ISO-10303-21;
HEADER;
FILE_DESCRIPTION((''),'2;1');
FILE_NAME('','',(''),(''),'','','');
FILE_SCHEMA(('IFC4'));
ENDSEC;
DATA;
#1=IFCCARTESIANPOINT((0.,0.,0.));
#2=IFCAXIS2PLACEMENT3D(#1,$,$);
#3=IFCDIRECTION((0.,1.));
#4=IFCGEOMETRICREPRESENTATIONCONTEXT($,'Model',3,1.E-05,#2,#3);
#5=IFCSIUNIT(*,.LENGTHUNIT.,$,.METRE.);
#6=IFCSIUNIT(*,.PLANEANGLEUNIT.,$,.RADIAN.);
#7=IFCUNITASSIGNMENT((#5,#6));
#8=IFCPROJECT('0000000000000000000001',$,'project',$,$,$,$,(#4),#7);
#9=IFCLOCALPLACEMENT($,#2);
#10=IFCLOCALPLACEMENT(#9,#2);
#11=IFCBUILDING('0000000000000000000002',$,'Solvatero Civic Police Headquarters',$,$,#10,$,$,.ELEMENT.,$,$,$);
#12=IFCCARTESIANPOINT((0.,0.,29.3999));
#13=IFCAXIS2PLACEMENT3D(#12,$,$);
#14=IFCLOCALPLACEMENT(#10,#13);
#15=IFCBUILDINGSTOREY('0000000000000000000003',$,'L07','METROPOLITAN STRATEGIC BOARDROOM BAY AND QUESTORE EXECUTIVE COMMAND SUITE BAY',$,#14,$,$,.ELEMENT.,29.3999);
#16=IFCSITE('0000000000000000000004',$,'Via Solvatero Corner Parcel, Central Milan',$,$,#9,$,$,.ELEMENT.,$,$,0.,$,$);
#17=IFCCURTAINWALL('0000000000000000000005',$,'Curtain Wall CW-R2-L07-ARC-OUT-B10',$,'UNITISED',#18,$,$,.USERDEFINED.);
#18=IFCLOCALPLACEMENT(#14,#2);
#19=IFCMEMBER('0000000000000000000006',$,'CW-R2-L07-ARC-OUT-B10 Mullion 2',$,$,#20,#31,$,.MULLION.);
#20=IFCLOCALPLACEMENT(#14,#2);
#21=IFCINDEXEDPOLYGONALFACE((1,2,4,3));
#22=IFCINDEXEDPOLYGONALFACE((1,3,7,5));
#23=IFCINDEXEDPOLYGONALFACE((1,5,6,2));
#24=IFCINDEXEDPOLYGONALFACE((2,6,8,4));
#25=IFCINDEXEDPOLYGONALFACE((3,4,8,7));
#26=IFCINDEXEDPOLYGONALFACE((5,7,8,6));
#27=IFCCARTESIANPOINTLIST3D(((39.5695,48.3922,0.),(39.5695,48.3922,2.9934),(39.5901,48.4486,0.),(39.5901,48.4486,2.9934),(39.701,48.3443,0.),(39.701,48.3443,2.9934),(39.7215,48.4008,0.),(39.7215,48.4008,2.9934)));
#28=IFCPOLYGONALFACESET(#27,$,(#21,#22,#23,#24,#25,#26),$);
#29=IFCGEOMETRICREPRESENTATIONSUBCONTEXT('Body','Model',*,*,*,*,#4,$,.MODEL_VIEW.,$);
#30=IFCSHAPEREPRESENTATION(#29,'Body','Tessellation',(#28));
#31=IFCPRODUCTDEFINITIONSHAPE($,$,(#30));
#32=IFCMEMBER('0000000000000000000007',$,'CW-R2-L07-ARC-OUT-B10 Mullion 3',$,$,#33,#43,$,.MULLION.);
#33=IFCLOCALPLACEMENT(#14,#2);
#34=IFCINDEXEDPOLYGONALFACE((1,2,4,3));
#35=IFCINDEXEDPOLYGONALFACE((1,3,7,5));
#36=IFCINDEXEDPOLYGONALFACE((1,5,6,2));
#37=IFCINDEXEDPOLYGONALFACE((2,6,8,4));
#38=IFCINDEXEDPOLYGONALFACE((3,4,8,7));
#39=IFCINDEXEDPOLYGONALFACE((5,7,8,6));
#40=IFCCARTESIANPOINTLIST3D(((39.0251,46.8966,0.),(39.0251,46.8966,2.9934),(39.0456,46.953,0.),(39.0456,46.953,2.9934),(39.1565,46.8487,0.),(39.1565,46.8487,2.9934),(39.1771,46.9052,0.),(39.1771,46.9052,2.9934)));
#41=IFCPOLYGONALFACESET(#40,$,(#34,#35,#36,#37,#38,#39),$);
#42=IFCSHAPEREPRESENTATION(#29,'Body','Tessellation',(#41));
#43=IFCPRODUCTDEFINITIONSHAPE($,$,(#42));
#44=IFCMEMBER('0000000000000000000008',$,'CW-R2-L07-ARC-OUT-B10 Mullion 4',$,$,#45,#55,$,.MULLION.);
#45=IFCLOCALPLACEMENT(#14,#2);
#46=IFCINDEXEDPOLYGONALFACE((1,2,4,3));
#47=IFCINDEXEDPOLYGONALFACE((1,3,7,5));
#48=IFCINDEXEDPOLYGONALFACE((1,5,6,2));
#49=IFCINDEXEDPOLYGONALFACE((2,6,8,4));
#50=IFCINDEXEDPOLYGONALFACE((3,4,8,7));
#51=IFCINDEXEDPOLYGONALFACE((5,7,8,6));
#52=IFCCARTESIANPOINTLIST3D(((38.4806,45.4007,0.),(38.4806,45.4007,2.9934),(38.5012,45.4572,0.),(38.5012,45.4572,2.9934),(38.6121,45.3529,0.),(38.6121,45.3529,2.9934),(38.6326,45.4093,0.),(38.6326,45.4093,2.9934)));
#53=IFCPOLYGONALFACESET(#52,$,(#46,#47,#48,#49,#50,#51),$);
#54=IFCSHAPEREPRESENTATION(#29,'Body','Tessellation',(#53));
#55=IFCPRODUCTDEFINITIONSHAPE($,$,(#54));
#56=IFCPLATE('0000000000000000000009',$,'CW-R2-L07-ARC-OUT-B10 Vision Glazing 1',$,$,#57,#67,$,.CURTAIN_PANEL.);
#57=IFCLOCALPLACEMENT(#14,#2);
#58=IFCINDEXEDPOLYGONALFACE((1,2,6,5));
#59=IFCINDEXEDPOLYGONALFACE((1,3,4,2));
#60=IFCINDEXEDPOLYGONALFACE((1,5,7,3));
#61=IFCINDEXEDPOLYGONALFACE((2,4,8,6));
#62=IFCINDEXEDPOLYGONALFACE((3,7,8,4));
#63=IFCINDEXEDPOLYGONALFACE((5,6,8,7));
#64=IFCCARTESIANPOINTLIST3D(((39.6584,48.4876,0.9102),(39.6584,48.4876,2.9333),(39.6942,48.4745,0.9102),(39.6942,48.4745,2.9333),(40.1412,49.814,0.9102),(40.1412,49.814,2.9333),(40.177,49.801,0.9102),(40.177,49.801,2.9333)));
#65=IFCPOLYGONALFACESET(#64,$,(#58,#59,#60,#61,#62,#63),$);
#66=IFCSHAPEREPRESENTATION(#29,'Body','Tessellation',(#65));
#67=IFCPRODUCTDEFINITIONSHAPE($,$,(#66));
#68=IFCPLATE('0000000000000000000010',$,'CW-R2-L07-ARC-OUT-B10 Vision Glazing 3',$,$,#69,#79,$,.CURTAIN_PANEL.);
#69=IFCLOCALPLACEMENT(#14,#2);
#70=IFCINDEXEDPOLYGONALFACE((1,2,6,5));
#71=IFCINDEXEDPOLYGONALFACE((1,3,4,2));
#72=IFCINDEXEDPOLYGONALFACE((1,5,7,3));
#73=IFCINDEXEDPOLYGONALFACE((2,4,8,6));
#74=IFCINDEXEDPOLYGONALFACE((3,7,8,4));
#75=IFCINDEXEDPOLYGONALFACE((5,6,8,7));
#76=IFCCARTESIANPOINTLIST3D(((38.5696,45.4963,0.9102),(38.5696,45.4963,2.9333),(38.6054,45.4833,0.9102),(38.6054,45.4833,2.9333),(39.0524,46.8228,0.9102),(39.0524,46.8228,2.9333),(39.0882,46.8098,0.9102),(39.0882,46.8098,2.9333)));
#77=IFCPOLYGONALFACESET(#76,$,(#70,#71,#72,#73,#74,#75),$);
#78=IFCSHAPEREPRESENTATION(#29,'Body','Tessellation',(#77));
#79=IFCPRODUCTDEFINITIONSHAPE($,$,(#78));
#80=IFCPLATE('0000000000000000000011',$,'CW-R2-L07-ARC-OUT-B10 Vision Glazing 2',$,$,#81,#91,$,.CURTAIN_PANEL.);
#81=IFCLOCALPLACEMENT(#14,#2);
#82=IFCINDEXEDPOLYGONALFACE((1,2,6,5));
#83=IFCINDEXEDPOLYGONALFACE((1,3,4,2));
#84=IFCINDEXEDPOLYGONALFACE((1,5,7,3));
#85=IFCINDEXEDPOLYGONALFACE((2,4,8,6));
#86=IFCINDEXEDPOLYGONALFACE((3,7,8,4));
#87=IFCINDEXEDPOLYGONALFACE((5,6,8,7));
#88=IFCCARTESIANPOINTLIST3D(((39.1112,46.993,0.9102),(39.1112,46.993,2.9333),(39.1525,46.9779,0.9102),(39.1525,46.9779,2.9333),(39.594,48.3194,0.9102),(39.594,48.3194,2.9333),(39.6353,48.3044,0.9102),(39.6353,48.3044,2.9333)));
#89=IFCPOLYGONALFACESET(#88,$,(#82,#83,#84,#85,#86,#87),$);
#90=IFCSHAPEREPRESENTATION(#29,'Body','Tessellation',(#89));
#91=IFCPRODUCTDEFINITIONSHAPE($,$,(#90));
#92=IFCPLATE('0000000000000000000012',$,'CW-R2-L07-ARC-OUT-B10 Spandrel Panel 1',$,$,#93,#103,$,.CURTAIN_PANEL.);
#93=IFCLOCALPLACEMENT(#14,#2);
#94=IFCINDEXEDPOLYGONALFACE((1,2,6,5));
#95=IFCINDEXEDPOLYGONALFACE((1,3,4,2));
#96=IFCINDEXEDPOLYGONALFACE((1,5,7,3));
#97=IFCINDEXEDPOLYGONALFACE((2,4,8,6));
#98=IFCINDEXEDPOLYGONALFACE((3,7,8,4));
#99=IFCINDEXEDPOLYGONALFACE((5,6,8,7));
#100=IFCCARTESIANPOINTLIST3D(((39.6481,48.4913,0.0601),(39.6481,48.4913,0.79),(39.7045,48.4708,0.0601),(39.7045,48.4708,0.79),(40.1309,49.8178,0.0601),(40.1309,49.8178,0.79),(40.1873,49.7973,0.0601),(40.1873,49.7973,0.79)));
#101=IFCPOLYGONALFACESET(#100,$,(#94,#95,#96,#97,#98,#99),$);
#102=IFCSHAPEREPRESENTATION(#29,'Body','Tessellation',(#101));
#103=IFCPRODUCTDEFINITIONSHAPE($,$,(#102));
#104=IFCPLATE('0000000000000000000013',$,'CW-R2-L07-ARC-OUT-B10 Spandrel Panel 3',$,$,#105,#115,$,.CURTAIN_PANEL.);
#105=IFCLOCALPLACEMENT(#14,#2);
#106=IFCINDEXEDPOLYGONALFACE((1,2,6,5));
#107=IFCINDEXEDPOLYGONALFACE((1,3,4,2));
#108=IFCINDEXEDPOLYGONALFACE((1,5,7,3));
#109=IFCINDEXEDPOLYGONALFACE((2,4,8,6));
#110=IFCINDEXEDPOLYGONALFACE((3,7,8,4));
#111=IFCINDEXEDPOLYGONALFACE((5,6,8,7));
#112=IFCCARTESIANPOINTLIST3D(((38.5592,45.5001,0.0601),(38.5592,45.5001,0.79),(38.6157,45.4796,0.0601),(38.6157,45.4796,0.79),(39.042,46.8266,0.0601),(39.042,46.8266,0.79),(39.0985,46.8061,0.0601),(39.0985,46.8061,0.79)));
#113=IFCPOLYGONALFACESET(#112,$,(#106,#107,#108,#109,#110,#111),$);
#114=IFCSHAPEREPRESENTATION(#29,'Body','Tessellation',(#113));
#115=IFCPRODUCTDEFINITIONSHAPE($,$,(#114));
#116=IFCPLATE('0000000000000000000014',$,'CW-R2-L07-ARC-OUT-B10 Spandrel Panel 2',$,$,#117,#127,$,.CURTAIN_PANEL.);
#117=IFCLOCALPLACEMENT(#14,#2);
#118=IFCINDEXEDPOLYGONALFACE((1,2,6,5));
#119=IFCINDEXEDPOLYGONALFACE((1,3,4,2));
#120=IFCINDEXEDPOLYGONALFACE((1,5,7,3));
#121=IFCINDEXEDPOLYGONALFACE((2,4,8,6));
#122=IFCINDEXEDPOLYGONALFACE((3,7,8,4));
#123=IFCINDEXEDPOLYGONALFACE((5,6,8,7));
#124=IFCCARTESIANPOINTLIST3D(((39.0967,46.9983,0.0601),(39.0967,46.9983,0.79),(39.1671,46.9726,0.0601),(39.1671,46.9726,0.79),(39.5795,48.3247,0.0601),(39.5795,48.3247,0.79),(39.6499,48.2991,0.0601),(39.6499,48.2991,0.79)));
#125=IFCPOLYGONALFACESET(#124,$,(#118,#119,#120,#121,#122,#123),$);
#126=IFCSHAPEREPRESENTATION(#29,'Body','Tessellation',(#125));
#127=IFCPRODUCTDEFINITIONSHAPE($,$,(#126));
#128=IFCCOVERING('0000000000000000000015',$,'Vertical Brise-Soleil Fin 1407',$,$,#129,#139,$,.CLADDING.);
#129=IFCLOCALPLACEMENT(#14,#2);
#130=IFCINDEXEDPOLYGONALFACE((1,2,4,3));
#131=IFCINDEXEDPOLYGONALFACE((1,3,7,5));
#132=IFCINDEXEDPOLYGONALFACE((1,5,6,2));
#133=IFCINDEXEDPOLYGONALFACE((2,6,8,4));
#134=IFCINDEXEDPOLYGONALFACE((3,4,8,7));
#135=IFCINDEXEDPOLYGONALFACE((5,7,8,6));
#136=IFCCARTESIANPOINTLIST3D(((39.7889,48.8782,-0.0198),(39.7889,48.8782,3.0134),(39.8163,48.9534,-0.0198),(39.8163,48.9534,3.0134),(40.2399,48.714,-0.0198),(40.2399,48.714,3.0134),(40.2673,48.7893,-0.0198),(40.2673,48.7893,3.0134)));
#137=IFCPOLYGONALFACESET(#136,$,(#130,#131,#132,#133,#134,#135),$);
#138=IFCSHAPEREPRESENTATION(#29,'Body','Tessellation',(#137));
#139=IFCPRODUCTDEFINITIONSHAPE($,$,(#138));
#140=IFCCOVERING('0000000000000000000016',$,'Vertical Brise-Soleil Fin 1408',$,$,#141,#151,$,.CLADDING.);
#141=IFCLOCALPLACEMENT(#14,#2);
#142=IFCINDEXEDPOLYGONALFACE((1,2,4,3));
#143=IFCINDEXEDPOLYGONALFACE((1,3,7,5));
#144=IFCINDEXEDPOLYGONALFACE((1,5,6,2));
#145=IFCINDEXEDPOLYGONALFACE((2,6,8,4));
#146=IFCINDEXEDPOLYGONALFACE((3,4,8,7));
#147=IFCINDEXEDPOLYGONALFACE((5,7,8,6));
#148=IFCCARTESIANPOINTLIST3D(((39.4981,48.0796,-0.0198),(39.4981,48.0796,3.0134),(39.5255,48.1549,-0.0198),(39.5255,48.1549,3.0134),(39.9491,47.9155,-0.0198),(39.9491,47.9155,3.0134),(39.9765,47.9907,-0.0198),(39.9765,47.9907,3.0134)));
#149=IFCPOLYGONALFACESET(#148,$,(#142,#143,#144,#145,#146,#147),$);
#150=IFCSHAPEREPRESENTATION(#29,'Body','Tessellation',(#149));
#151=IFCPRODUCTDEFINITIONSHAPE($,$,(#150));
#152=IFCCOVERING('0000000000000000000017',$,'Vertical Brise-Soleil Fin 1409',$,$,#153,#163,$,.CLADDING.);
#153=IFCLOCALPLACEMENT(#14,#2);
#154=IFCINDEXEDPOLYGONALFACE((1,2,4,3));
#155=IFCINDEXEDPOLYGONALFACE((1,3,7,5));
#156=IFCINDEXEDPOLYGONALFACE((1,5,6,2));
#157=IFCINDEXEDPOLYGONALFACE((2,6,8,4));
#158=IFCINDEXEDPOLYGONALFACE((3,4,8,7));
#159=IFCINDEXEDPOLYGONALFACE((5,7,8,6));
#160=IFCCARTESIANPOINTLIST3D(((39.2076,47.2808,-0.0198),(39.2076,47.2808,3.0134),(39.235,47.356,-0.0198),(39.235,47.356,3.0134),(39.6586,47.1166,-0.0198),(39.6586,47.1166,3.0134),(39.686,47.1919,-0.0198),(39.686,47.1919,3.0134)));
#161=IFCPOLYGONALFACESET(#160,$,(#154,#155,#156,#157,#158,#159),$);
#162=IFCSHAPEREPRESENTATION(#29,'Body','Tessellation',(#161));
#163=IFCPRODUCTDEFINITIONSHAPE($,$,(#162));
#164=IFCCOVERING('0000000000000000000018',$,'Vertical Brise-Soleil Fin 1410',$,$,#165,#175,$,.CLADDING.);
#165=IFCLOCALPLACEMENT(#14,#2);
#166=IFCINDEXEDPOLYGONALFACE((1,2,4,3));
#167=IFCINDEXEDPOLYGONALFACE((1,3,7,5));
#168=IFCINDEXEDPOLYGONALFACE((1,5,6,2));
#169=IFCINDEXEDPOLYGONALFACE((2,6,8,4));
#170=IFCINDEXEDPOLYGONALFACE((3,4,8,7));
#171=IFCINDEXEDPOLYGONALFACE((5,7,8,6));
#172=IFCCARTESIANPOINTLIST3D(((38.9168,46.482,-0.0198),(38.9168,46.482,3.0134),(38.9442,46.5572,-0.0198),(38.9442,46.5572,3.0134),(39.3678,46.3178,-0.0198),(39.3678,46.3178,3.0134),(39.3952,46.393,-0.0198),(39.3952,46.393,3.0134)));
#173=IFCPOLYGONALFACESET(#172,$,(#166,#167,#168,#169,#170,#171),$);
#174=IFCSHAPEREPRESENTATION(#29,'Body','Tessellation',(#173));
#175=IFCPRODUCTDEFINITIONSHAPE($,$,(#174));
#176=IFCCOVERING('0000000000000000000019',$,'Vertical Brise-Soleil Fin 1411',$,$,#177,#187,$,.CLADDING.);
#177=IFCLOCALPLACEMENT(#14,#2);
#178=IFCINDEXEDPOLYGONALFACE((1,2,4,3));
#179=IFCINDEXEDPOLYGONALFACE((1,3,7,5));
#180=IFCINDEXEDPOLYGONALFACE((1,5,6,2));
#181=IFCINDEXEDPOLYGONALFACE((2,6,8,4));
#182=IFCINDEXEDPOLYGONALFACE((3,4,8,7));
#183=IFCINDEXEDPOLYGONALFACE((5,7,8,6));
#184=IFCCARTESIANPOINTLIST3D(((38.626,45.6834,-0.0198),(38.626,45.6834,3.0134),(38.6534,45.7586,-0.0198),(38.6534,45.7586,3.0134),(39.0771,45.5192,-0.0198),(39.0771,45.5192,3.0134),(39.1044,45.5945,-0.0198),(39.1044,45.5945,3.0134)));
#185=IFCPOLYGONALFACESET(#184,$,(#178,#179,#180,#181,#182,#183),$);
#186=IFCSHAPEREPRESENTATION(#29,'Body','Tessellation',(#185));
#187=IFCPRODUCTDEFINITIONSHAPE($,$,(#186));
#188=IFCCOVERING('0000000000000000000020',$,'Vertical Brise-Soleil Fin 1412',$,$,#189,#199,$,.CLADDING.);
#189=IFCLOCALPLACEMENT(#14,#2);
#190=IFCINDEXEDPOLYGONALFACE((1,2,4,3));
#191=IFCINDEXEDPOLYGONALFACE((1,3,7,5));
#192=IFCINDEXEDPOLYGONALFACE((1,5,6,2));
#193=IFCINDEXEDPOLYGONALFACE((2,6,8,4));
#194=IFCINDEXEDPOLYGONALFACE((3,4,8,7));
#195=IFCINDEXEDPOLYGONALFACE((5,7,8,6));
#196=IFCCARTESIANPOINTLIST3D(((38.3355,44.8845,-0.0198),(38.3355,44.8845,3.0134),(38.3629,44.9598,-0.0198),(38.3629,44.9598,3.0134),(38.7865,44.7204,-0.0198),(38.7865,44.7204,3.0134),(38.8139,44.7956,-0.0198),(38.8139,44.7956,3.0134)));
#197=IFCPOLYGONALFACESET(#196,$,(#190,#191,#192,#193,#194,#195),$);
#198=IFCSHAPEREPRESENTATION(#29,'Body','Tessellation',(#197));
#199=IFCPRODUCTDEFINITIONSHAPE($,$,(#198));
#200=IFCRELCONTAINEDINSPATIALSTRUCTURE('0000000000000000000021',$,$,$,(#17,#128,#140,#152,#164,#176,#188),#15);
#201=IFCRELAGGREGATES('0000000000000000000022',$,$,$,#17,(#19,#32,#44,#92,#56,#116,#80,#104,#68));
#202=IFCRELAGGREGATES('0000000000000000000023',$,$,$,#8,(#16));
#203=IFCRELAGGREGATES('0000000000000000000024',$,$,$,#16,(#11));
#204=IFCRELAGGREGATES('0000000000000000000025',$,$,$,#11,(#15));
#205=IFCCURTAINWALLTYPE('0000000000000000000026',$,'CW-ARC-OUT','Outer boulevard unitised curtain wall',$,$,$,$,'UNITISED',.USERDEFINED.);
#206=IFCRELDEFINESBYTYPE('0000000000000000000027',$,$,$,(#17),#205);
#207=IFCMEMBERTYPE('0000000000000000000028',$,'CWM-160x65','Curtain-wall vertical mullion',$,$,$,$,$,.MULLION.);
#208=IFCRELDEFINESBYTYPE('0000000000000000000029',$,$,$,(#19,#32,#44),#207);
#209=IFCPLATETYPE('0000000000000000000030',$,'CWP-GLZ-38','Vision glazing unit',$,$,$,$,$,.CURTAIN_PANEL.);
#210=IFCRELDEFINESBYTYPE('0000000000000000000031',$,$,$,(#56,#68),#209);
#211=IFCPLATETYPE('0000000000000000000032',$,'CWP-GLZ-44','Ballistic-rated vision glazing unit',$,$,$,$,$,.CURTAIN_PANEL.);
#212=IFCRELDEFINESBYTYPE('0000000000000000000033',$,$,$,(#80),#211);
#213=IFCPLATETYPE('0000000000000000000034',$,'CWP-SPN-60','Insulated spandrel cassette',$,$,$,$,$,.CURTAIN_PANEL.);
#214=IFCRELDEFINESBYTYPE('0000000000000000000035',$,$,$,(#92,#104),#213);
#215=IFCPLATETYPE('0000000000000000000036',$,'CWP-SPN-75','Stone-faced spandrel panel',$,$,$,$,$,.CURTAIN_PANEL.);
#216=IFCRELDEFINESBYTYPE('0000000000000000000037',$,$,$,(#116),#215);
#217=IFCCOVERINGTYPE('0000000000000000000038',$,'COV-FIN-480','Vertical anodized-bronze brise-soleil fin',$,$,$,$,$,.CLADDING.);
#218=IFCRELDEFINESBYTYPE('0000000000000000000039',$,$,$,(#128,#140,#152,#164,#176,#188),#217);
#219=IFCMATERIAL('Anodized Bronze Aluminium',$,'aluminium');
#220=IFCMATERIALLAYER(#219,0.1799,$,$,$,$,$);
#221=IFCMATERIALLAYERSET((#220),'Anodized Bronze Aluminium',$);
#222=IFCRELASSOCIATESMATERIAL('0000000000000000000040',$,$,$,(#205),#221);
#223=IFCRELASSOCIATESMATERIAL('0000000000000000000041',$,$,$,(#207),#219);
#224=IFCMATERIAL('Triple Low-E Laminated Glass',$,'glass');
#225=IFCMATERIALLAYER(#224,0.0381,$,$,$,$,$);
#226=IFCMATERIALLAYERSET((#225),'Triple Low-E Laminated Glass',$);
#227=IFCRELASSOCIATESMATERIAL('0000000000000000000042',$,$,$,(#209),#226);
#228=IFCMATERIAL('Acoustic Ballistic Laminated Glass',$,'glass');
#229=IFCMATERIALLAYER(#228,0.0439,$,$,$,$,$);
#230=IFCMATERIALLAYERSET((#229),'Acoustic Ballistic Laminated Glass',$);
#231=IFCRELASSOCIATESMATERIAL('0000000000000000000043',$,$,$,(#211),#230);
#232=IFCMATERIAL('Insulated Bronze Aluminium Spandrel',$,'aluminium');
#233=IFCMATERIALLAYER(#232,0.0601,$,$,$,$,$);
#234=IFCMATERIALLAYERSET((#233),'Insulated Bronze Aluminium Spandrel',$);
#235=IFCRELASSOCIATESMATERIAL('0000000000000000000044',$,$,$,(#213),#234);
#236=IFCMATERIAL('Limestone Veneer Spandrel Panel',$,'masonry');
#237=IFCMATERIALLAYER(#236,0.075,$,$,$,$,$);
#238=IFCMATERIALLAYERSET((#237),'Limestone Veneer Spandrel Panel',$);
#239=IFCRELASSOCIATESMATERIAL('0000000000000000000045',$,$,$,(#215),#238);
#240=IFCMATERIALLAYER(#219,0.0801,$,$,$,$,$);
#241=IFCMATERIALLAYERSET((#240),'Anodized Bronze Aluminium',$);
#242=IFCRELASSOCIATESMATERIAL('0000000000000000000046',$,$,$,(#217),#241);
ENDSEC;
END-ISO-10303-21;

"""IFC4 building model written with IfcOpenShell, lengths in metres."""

from ifc_helpers import new_model, si_unit, direction, frame, origin, origin_2d, place, context, subcontext, project, spatial, rectangle, extrude, material, layer, layer_set, material_profile, profile_set, type_object, element, aggregate, save


model = new_model("IFC4")

# Units and contexts
model_context = context("Model", 3, precision=1e-05, world=origin(), true_north=direction((0.0, 1.0)))
body_context = subcontext(model_context, "Body", "Model", "MODEL_VIEW")
ifc_project = project(units=[si_unit("LENGTHUNIT", "METRE"), si_unit("PLANEANGLEUNIT", "RADIAN")], contexts=[model_context])

# Site, building, storey
site_placement = place(None, origin())
site = spatial("IfcSite", under=ifc_project, at=site_placement, Name="Via Solvatero Corner Parcel, Central Milan", CompositionType="ELEMENT", RefElevation=0.0)
building_placement = place(site_placement, origin())
building = spatial("IfcBuilding", under=site, at=building_placement, Name="Solvatero Civic Police Headquarters", CompositionType="ELEMENT")
storey_placement = place(building_placement, frame((0.0, 0.0, 29.3999)))
storey = spatial("IfcBuildingStorey", under=building, at=storey_placement, Name="L07", Description="METROPOLITAN STRATEGIC BOARDROOM BAY AND QUESTORE EXECUTIVE COMMAND SUITE BAY", CompositionType="ELEMENT", Elevation=29.3999)

# Curtain wall, members, plates
ifc_material_1 = material(Name="Anodized Bronze Aluminium", Category="aluminium")
ifc_layer_1 = layer(ifc_material_1, 0.1799)
ifc_layer_set_1 = layer_set([ifc_layer_1], Name="Anodized Bronze Aluminium")
curtain_wall_type = type_object("IfcCurtainWallType", Name="CW-ARC-OUT", Description="Outer boulevard unitised curtain wall", ElementType="UNITISED", PredefinedType="USERDEFINED", material=ifc_layer_set_1)
curtain_wall_placement = place(storey_placement, origin())
curtain_wall = element("IfcCurtainWall", 1, at=curtain_wall_placement, inside=storey, type_object=curtain_wall_type, Name="Curtain Wall CW-R2-L07-ARC-OUT-B10", ObjectType="UNITISED", PredefinedType="USERDEFINED")
ifc_material_profile = material_profile(ifc_material_1, rectangle(XDim=0.0601, YDim=0.1399, at=origin_2d()), Name="ALU MULLION 60x140")
ifc_profile_set = profile_set([ifc_material_profile], Name="Anodized Bronze Aluminium")
member_type = type_object("IfcMemberType", Name="CWM-160x65", Description="Curtain-wall vertical mullion", PredefinedType="MULLION", material=ifc_profile_set)
member_1_placement = place(storey_placement, frame((39.6455, 48.3965, 0.0), z_axis=(0.0, 0.0, 1.0), x_axis=(-0.34202, -0.939693, 0.0)))
member_1 = element("IfcMember", 2, at=member_1_placement, type_object=member_type, Name="CW-R2-L07-ARC-OUT-B10 Mullion 2", PredefinedType="MULLION", context=body_context, shape_type="SweptSolid", body=[
    extrude(rectangle(XDim=0.0601, YDim=0.1399, at=origin_2d()), origin(), (0.0, 0.0, 1.0), 2.9934),
])
member_2_placement = place(storey_placement, frame((39.1011, 46.9009, 0.0), z_axis=(0.0, 0.0, 1.0), x_axis=(-0.34202, -0.939693, 0.0)))
member_2 = element("IfcMember", 3, at=member_2_placement, type_object=member_type, Name="CW-R2-L07-ARC-OUT-B10 Mullion 3", PredefinedType="MULLION", context=body_context, shape_type="SweptSolid", body=[
    extrude(rectangle(XDim=0.0601, YDim=0.1399, at=origin_2d()), origin(), (0.0, 0.0, 1.0), 2.9934),
])
member_3_placement = place(storey_placement, frame((38.5566, 45.405, 0.0), z_axis=(0.0, 0.0, 1.0), x_axis=(-0.34202, -0.939693, 0.0)))
member_3 = element("IfcMember", 4, at=member_3_placement, type_object=member_type, Name="CW-R2-L07-ARC-OUT-B10 Mullion 4", PredefinedType="MULLION", context=body_context, shape_type="SweptSolid", body=[
    extrude(rectangle(XDim=0.0601, YDim=0.1399, at=origin_2d()), origin(), (0.0, 0.0, 1.0), 2.9934),
])
ifc_material_2 = material(Name="Triple Low-E Laminated Glass", Category="glass")
ifc_layer_2 = layer(ifc_material_2, 0.0381)
ifc_layer_set_2 = layer_set([ifc_layer_2], Name="Triple Low-E Laminated Glass")
plate_type_1 = type_object("IfcPlateType", Name="CWP-GLZ-38", Description="Vision glazing unit", PredefinedType="CURTAIN_PANEL", material=ifc_layer_set_2)
plate_1_placement = place(storey_placement, frame((39.9177, 49.1443, 0.9102), z_axis=(0.0, 0.0, 1.0), x_axis=(-0.34202, -0.939693, 0.0)))
plate_1 = element("IfcPlate", 5, at=plate_1_placement, type_object=plate_type_1, Name="CW-R2-L07-ARC-OUT-B10 Vision Glazing 1", PredefinedType="CURTAIN_PANEL", context=body_context, shape_type="SweptSolid", body=[
    extrude(rectangle(XDim=1.4116, YDim=0.0381, at=origin_2d()), origin(), (0.0, 0.0, 1.0), 2.0232),
])
plate_2_placement = place(storey_placement, frame((38.8289, 46.1531, 0.9102), z_axis=(0.0, 0.0, 1.0), x_axis=(-0.34202, -0.939693, 0.0)))
plate_2 = element("IfcPlate", 6, at=plate_2_placement, type_object=plate_type_1, Name="CW-R2-L07-ARC-OUT-B10 Vision Glazing 3", PredefinedType="CURTAIN_PANEL", context=body_context, shape_type="SweptSolid", body=[
    extrude(rectangle(XDim=1.4116, YDim=0.0381, at=origin_2d()), origin(), (0.0, 0.0, 1.0), 2.0232),
])
ifc_material_3 = material(Name="Acoustic Ballistic Laminated Glass", Category="glass")
ifc_layer_3 = layer(ifc_material_3, 0.0439)
ifc_layer_set_3 = layer_set([ifc_layer_3], Name="Acoustic Ballistic Laminated Glass")
plate_type_2 = type_object("IfcPlateType", Name="CWP-GLZ-44", Description="Ballistic-rated vision glazing unit", PredefinedType="CURTAIN_PANEL", material=ifc_layer_set_3)
plate_3_placement = place(storey_placement, frame((39.3733, 47.6487, 0.9102), z_axis=(0.0, 0.0, 1.0), x_axis=(-0.34202, -0.939693, 0.0)))
plate_3 = element("IfcPlate", 7, at=plate_3_placement, type_object=plate_type_2, Name="CW-R2-L07-ARC-OUT-B10 Vision Glazing 2", PredefinedType="CURTAIN_PANEL", context=body_context, shape_type="SweptSolid", body=[
    extrude(rectangle(XDim=1.4116, YDim=0.0439, at=origin_2d()), origin(), (0.0, 0.0, 1.0), 2.0232),
])
ifc_material_4 = material(Name="Insulated Bronze Aluminium Spandrel", Category="aluminium")
ifc_layer_4 = layer(ifc_material_4, 0.0601)
ifc_layer_set_4 = layer_set([ifc_layer_4], Name="Insulated Bronze Aluminium Spandrel")
plate_type_3 = type_object("IfcPlateType", Name="CWP-SPN-60", Description="Insulated spandrel cassette", PredefinedType="CURTAIN_PANEL", material=ifc_layer_set_4)
plate_4_placement = place(storey_placement, frame((39.9177, 49.1443, 0.0601), z_axis=(0.0, 0.0, 1.0), x_axis=(-0.34202, -0.939693, 0.0)))
plate_4 = element("IfcPlate", 8, at=plate_4_placement, type_object=plate_type_3, Name="CW-R2-L07-ARC-OUT-B10 Spandrel Panel 1", PredefinedType="CURTAIN_PANEL", context=body_context, shape_type="SweptSolid", body=[
    extrude(rectangle(XDim=1.4116, YDim=0.0601, at=origin_2d()), origin(), (0.0, 0.0, 1.0), 0.73),
])
plate_5_placement = place(storey_placement, frame((38.8289, 46.1531, 0.0601), z_axis=(0.0, 0.0, 1.0), x_axis=(-0.34202, -0.939693, 0.0)))
plate_5 = element("IfcPlate", 9, at=plate_5_placement, type_object=plate_type_3, Name="CW-R2-L07-ARC-OUT-B10 Spandrel Panel 3", PredefinedType="CURTAIN_PANEL", context=body_context, shape_type="SweptSolid", body=[
    extrude(rectangle(XDim=1.4116, YDim=0.0601, at=origin_2d()), origin(), (0.0, 0.0, 1.0), 0.73),
])
ifc_material_5 = material(Name="Limestone Veneer Spandrel Panel", Category="masonry")
ifc_layer_5 = layer(ifc_material_5, 0.075)
ifc_layer_set_5 = layer_set([ifc_layer_5], Name="Limestone Veneer Spandrel Panel")
plate_type_4 = type_object("IfcPlateType", Name="CWP-SPN-75", Description="Stone-faced spandrel panel", PredefinedType="CURTAIN_PANEL", material=ifc_layer_set_5)
plate_6_placement = place(storey_placement, frame((39.3733, 47.6487, 0.0601), z_axis=(0.0, 0.0, 1.0), x_axis=(-0.34202, -0.939693, 0.0)))
plate_6 = element("IfcPlate", 10, at=plate_6_placement, type_object=plate_type_4, Name="CW-R2-L07-ARC-OUT-B10 Spandrel Panel 2", PredefinedType="CURTAIN_PANEL", context=body_context, shape_type="SweptSolid", body=[
    extrude(rectangle(XDim=1.4116, YDim=0.075, at=origin_2d()), origin(), (0.0, 0.0, 1.0), 0.73),
])
aggregate(curtain_wall, [member_1, member_2, member_3, plate_4, plate_1, plate_6, plate_3, plate_5, plate_2])

# Coverings
ifc_layer_6 = layer(ifc_material_1, 0.0801)
ifc_layer_set_6 = layer_set([ifc_layer_6], Name="Anodized Bronze Aluminium")
covering_type = type_object("IfcCoveringType", Name="COV-FIN-480", Description="Vertical anodized-bronze brise-soleil fin", PredefinedType="CLADDING", material=ifc_layer_set_6)
for number, where, z_axis, x_axis, name in (
    (11, (40.0281, 48.8337, -0.0198), (0.0, 0.0, 1.0), (-0.34202, -0.939693, 0.0), "Vertical Brise-Soleil Fin 1407"),
    (12, (39.7373, 48.0352, -0.0198), (0.0, 0.0, 1.0), (-0.34202, -0.939693, 0.0), "Vertical Brise-Soleil Fin 1408"),
    (13, (39.4468, 47.2363, -0.0198), (0.0, 0.0, 1.0), (-0.34202, -0.939693, 0.0), "Vertical Brise-Soleil Fin 1409"),
    (14, (39.156, 46.4375, -0.0198), (0.0, 0.0, 1.0), (-0.34202, -0.939693, 0.0), "Vertical Brise-Soleil Fin 1410"),
    (15, (38.8652, 45.6389, -0.0198), (0.0, 0.0, 1.0), (-0.34202, -0.939693, 0.0), "Vertical Brise-Soleil Fin 1411"),
    (16, (38.5747, 44.8401, -0.0198), (0.0, 0.0, 1.0), (-0.34202, -0.939693, 0.0), "Vertical Brise-Soleil Fin 1412"),
):
    element("IfcCovering", number, at=place(storey_placement, frame(where, z_axis=z_axis, x_axis=x_axis)), inside=storey, type_object=covering_type, Name=name, PredefinedType="CLADDING", context=body_context, shape_type="SweptSolid", body=[
        extrude(rectangle(XDim=0.0801, YDim=0.48, at=origin_2d()), origin(), (0.0, 0.0, 1.0), 3.0332),
    ])

save(model, "model.ifc")
